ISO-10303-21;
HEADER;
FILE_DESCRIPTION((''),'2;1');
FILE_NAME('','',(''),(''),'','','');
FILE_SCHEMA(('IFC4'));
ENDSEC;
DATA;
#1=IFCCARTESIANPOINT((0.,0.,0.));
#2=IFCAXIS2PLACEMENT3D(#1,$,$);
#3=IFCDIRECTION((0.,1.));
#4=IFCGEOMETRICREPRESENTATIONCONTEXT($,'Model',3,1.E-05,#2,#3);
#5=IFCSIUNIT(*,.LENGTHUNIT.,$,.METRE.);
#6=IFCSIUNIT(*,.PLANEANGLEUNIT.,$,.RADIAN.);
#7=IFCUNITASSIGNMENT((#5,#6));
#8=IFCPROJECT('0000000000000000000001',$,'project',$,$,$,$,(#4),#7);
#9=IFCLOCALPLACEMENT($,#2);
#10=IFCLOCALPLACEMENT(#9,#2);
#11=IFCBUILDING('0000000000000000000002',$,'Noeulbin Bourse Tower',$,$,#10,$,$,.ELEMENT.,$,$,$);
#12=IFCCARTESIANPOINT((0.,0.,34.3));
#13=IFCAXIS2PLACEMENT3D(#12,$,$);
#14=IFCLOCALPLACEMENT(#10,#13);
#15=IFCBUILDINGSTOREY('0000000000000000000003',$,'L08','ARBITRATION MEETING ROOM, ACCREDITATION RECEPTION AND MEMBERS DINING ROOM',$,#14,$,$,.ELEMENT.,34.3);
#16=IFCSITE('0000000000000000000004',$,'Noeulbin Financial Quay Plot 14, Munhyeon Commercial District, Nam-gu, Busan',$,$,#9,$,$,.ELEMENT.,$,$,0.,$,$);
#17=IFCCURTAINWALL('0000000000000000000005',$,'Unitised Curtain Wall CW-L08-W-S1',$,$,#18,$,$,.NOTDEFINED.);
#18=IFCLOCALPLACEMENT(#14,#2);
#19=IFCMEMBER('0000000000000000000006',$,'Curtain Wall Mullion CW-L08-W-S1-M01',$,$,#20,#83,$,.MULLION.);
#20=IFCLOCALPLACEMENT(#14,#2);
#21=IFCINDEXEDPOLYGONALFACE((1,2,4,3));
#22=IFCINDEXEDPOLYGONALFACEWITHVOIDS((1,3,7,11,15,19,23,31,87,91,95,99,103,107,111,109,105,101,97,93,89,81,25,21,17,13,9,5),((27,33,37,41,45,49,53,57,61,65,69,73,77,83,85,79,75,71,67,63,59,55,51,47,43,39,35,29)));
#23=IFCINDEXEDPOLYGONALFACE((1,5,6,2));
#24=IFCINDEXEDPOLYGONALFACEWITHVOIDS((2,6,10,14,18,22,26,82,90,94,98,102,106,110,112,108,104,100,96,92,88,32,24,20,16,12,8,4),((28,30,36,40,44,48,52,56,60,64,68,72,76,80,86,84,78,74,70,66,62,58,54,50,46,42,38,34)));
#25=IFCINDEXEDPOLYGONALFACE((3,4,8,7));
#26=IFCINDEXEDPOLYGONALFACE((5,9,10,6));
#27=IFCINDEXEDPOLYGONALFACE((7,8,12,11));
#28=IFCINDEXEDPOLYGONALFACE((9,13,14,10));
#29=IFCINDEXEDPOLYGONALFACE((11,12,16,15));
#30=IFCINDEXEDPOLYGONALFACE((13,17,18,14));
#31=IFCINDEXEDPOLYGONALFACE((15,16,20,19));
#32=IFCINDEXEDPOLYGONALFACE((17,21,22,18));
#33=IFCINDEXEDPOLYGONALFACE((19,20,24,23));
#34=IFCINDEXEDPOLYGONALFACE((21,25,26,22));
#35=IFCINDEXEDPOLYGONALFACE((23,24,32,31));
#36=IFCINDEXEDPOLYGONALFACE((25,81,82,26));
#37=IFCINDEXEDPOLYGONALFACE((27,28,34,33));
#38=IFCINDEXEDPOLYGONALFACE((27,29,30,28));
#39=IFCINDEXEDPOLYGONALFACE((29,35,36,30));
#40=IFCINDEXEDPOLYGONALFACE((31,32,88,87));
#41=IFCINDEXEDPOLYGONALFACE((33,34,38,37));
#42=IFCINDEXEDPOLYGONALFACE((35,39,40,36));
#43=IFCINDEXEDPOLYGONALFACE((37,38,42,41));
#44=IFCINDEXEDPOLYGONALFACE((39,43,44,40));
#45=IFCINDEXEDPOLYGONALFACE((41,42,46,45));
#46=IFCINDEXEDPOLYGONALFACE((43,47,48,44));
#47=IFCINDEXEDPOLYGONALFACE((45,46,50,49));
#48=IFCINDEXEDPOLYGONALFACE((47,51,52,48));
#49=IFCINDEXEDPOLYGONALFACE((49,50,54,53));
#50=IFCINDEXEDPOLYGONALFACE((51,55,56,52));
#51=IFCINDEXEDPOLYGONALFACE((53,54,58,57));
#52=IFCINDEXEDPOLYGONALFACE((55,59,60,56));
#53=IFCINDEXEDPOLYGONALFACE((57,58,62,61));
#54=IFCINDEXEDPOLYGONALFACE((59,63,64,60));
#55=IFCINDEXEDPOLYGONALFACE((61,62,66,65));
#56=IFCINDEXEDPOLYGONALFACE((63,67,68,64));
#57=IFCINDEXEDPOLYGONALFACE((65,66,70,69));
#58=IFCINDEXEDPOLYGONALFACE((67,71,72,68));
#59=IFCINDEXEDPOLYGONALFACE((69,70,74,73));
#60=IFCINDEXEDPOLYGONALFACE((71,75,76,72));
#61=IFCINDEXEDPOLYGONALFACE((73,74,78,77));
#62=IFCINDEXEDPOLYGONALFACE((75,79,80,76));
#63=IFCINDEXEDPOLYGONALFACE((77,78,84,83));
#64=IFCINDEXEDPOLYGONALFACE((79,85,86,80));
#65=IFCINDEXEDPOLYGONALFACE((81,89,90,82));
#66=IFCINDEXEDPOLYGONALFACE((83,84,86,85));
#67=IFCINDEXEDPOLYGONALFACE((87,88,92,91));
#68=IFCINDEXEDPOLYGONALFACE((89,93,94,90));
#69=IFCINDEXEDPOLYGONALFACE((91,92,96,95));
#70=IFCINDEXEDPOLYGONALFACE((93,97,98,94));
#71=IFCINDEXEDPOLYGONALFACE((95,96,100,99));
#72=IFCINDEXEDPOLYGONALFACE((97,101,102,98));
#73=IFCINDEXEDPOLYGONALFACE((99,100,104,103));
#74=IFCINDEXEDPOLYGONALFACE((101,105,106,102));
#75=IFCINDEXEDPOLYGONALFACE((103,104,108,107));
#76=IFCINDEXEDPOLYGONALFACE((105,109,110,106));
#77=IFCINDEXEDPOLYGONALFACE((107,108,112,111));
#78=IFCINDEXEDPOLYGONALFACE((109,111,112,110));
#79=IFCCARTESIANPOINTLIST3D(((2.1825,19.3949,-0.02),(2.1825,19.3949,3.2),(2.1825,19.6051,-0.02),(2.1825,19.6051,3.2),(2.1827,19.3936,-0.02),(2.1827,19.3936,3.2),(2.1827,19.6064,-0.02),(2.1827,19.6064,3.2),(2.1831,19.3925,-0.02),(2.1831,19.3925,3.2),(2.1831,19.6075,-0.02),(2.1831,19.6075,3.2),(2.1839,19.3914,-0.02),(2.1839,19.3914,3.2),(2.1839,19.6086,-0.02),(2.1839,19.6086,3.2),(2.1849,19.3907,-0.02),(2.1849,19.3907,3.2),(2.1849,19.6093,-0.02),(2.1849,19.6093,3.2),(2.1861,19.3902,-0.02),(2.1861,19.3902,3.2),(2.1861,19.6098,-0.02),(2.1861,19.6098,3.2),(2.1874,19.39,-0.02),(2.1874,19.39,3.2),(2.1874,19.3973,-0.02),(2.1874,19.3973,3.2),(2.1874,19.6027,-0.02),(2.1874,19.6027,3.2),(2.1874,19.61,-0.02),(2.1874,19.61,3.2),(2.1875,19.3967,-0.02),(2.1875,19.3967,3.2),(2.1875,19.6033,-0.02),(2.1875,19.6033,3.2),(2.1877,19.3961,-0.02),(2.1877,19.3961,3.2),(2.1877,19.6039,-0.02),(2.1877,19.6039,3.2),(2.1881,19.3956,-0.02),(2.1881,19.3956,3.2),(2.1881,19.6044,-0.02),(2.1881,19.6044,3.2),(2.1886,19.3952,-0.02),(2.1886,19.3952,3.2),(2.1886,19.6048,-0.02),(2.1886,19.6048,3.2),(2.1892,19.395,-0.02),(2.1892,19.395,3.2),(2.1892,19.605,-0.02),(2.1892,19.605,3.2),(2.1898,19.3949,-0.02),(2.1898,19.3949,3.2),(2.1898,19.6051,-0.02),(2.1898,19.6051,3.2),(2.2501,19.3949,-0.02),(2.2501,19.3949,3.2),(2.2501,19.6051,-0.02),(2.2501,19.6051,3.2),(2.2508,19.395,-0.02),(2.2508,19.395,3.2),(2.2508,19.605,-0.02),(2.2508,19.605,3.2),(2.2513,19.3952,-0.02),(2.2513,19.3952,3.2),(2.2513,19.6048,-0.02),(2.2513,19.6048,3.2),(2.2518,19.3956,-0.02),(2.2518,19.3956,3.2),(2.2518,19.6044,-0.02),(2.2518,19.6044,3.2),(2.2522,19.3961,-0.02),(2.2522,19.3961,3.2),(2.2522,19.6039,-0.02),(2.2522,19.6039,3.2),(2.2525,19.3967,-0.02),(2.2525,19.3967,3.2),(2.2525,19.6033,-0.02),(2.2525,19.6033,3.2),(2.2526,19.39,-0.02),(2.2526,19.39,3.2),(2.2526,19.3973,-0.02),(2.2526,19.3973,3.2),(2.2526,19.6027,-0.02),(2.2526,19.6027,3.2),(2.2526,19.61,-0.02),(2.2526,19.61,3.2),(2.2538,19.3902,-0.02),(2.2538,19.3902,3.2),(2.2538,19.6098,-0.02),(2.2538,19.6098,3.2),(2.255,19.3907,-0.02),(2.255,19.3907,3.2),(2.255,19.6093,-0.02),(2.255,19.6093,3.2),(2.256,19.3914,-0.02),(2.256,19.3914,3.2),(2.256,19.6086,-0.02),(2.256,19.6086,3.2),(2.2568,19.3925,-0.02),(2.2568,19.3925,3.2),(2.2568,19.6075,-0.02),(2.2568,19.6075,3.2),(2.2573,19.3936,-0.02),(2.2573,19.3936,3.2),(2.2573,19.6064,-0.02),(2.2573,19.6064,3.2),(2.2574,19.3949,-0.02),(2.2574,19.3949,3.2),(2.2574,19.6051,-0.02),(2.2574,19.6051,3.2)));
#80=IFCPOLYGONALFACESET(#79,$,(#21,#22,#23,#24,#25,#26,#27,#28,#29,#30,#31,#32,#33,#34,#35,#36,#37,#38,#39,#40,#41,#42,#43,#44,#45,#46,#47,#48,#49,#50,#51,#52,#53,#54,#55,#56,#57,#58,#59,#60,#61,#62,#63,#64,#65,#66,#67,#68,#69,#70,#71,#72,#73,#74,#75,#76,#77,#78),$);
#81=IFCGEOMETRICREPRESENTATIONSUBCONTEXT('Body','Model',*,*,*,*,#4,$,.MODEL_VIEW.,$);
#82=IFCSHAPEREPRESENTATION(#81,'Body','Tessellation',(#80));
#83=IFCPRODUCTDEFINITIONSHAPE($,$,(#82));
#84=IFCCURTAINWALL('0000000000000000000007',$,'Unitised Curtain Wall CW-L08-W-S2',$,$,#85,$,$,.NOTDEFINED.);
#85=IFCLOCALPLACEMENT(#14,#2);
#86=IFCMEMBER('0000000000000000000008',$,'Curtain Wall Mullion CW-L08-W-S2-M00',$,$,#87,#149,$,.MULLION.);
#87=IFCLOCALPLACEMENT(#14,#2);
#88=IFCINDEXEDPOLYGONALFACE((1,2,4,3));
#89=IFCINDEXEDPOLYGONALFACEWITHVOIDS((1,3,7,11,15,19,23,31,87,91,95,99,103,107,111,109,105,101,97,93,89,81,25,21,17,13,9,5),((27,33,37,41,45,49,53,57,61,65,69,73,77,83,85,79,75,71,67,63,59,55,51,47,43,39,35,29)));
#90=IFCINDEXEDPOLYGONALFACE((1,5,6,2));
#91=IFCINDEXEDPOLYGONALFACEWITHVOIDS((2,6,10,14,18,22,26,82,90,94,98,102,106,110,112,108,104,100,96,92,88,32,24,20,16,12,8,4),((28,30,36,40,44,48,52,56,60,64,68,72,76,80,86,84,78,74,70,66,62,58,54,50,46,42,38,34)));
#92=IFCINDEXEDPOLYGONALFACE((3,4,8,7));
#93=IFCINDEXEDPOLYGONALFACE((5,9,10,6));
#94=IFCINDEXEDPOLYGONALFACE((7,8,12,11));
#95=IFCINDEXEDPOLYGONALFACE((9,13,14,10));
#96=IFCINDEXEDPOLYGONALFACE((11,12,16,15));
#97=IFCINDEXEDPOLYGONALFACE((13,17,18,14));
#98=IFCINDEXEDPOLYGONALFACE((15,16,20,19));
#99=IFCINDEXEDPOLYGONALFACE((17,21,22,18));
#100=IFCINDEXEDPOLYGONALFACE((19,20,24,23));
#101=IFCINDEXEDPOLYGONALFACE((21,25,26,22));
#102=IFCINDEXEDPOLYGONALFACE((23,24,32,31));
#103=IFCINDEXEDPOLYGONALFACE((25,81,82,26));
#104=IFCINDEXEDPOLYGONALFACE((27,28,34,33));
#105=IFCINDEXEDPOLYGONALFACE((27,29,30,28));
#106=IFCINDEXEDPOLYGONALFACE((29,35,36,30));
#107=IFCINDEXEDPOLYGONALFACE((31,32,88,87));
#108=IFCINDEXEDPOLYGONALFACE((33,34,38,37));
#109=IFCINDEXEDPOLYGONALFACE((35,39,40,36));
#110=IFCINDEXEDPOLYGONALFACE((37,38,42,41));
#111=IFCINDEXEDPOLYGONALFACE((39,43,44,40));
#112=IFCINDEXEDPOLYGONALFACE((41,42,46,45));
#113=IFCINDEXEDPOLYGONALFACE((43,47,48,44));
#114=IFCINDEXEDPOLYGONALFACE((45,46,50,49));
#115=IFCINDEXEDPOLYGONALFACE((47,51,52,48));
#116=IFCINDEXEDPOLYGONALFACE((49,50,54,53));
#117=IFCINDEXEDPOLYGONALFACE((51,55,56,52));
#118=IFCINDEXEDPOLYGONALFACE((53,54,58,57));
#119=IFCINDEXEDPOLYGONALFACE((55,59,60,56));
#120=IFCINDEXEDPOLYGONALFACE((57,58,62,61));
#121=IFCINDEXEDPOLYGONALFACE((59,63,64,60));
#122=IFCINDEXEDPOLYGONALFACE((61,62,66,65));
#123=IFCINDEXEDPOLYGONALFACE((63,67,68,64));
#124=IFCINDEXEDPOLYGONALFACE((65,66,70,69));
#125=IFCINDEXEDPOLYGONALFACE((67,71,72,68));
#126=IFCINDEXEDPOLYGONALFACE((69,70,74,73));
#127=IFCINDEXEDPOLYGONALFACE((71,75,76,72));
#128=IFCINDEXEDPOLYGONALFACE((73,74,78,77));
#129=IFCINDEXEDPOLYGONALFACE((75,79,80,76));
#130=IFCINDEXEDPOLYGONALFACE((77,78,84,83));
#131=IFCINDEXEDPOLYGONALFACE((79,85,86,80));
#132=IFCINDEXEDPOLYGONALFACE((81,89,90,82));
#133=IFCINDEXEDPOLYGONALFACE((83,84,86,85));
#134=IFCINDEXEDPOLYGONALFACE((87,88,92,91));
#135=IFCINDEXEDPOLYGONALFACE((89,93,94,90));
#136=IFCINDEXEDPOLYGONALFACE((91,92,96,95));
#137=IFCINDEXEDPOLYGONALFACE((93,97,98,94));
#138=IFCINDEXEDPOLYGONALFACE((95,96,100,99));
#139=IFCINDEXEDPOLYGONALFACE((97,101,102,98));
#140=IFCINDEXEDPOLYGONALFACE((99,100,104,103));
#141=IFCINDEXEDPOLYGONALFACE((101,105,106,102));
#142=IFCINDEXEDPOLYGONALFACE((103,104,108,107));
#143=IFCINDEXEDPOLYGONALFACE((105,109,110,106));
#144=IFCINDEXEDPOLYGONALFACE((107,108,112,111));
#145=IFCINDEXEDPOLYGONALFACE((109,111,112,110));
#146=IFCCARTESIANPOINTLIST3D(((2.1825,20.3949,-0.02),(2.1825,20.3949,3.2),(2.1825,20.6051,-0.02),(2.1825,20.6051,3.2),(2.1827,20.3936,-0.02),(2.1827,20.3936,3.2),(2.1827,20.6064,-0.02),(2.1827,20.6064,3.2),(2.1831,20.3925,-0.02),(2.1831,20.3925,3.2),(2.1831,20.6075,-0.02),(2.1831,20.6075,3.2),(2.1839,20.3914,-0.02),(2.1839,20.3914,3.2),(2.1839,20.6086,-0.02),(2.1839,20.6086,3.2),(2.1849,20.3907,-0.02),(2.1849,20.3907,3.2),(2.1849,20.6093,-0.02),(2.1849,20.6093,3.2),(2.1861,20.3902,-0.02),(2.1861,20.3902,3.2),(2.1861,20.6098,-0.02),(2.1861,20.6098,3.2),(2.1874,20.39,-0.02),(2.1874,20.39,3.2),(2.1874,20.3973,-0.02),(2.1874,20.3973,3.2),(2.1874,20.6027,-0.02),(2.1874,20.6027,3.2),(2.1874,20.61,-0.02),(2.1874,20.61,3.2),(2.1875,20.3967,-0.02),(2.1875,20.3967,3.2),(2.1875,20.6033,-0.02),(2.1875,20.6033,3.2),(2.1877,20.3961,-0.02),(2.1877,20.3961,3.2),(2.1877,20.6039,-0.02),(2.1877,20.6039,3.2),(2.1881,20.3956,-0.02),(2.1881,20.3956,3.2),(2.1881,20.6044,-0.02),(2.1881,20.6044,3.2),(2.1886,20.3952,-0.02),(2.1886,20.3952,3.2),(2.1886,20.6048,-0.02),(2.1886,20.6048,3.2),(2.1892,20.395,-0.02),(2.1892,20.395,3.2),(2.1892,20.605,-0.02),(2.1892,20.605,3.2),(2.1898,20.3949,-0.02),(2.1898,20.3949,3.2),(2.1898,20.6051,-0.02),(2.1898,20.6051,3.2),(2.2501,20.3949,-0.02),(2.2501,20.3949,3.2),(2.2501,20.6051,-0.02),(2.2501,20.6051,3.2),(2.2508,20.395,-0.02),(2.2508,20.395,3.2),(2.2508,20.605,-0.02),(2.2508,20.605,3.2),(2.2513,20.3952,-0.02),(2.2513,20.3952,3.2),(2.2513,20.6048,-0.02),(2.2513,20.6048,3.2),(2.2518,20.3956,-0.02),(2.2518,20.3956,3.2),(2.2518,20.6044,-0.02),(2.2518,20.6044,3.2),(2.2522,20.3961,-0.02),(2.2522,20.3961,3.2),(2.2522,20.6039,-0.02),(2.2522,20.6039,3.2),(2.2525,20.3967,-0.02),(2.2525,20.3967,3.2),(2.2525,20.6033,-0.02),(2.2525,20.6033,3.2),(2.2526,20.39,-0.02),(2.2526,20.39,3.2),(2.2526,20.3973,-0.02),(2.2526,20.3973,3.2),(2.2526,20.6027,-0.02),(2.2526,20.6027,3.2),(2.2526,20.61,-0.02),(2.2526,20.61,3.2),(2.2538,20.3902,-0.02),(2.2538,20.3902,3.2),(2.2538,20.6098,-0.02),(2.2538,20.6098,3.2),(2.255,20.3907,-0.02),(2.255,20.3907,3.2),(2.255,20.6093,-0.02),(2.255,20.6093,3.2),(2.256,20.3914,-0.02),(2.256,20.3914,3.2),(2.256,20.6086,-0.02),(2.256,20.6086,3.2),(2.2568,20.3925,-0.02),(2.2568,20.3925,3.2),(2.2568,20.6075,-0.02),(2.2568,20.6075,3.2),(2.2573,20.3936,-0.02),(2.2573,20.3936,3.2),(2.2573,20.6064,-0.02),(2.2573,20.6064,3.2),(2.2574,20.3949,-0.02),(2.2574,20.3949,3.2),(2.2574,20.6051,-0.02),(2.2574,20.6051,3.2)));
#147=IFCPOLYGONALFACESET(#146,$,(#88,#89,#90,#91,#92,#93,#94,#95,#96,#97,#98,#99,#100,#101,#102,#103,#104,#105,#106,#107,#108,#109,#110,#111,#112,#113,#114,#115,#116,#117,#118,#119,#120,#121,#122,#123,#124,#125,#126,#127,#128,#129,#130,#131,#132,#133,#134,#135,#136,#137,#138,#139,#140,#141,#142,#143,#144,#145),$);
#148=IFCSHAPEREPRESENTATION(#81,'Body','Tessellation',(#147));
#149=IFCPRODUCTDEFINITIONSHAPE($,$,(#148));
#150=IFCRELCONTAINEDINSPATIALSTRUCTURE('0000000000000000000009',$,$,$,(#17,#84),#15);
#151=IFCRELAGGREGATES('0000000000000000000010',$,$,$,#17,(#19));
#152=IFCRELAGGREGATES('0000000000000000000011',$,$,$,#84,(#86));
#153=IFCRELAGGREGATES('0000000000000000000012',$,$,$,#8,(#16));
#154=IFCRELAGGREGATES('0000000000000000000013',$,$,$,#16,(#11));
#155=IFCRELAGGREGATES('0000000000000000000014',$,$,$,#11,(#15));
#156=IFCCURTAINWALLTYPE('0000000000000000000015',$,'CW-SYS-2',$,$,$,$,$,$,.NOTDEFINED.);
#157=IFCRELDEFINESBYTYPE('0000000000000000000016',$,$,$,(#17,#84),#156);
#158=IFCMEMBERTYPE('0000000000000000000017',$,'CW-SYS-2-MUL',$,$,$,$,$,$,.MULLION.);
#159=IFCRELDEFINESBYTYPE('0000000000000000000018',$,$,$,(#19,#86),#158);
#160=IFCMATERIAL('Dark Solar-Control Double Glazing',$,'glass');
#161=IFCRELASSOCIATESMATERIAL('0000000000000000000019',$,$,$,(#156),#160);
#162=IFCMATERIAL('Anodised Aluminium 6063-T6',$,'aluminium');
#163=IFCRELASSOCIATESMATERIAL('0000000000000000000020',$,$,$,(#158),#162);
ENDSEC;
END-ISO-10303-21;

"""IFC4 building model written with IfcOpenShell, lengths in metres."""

from ifc_helpers import new_model, si_unit, direction, frame, origin, origin_2d, place, context, subcontext, project, spatial, hollow_rectangle, extrude, material, material_profile, profile_set, type_object, element, aggregate, save


model = new_model("IFC4")

# Units and contexts
model_context = context("Model", 3, precision=1e-05, world=origin(), true_north=direction((0.0, 1.0)))
body_context = subcontext(model_context, "Body", "Model", "MODEL_VIEW")
ifc_project = project(units=[si_unit("LENGTHUNIT", "METRE"), si_unit("PLANEANGLEUNIT", "RADIAN")], contexts=[model_context])

# Site, building, storey
site_placement = place(None, origin())
site = spatial("IfcSite", under=ifc_project, at=site_placement, Name="Noeulbin Financial Quay Plot 14, Munhyeon Commercial District, Nam-gu, Busan", CompositionType="ELEMENT", RefElevation=0.0)
building_placement = place(site_placement, origin())
building = spatial("IfcBuilding", under=site, at=building_placement, Name="Noeulbin Bourse Tower", CompositionType="ELEMENT")
storey_placement = place(building_placement, frame((0.0, 0.0, 34.3)))
storey = spatial("IfcBuildingStorey", under=building, at=storey_placement, Name="L08", Description="ARBITRATION MEETING ROOM, ACCREDITATION RECEPTION AND MEMBERS DINING ROOM", CompositionType="ELEMENT", Elevation=34.3)

# Curtain walls, members
ifc_material_1 = material(Name="Dark Solar-Control Double Glazing", Category="glass")
curtain_wall_type = type_object("IfcCurtainWallType", Name="CW-SYS-2", PredefinedType="NOTDEFINED", material=ifc_material_1)
curtain_wall_1_placement = place(storey_placement, origin())
curtain_wall_1 = element("IfcCurtainWall", 1, at=curtain_wall_1_placement, inside=storey, type_object=curtain_wall_type, Name="Unitised Curtain Wall CW-L08-W-S1", PredefinedType="NOTDEFINED")
ifc_material_2 = material(Name="Anodised Aluminium 6063-T6", Category="aluminium")
ifc_material_profile_1 = material_profile(ifc_material_2, hollow_rectangle(XDim=0.075, YDim=0.22, WallThickness=0.0049, InnerFilletRadius=0.0024, OuterFilletRadius=0.0049, at=origin_2d()), Name="ALU-MULL-75x220x5", Category="LoadBearing")
ifc_profile_set_1 = profile_set([ifc_material_profile_1], Name="Anodised Aluminium 6063-T6")
member_type_1 = type_object("IfcMemberType", Name="CW-SYS-2-MUL", PredefinedType="MULLION", material=ifc_profile_set_1)
member_1_placement = place(storey_placement, frame((2.22, 19.5, -0.02), z_axis=(0.0, 0.0, 1.0), x_axis=(1.0, 0.0, 0.0)))
member_1 = element("IfcMember", 2, at=member_1_placement, type_object=member_type_1, Name="Curtain Wall Mullion CW-L08-W-S1-M01", PredefinedType="MULLION", context=body_context, shape_type="SweptSolid", body=[
    extrude(hollow_rectangle(XDim=0.075, YDim=0.22, WallThickness=0.0049, InnerFilletRadius=0.0024, OuterFilletRadius=0.0049, at=origin_2d()), origin(), (0.0, 0.0, 1.0), 3.22),
])
curtain_wall_2_placement = place(storey_placement, origin())
curtain_wall_2 = element("IfcCurtainWall", 3, at=curtain_wall_2_placement, inside=storey, type_object=curtain_wall_type, Name="Unitised Curtain Wall CW-L08-W-S2", PredefinedType="NOTDEFINED")
member_2_placement = place(storey_placement, frame((2.22, 20.5, -0.02), z_axis=(0.0, 0.0, 1.0), x_axis=(1.0, 0.0, 0.0)))
member_2 = element("IfcMember", 4, at=member_2_placement, type_object=member_type_1, Name="Curtain Wall Mullion CW-L08-W-S2-M00", PredefinedType="MULLION", context=body_context, shape_type="SweptSolid", body=[
    extrude(hollow_rectangle(XDim=0.075, YDim=0.22, WallThickness=0.0049, InnerFilletRadius=0.0024, OuterFilletRadius=0.0049, at=origin_2d()), origin(), (0.0, 0.0, 1.0), 3.22),
])

aggregate(curtain_wall_1, [member_1])
aggregate(curtain_wall_2, [member_2])

save(model, "model.ifc")
